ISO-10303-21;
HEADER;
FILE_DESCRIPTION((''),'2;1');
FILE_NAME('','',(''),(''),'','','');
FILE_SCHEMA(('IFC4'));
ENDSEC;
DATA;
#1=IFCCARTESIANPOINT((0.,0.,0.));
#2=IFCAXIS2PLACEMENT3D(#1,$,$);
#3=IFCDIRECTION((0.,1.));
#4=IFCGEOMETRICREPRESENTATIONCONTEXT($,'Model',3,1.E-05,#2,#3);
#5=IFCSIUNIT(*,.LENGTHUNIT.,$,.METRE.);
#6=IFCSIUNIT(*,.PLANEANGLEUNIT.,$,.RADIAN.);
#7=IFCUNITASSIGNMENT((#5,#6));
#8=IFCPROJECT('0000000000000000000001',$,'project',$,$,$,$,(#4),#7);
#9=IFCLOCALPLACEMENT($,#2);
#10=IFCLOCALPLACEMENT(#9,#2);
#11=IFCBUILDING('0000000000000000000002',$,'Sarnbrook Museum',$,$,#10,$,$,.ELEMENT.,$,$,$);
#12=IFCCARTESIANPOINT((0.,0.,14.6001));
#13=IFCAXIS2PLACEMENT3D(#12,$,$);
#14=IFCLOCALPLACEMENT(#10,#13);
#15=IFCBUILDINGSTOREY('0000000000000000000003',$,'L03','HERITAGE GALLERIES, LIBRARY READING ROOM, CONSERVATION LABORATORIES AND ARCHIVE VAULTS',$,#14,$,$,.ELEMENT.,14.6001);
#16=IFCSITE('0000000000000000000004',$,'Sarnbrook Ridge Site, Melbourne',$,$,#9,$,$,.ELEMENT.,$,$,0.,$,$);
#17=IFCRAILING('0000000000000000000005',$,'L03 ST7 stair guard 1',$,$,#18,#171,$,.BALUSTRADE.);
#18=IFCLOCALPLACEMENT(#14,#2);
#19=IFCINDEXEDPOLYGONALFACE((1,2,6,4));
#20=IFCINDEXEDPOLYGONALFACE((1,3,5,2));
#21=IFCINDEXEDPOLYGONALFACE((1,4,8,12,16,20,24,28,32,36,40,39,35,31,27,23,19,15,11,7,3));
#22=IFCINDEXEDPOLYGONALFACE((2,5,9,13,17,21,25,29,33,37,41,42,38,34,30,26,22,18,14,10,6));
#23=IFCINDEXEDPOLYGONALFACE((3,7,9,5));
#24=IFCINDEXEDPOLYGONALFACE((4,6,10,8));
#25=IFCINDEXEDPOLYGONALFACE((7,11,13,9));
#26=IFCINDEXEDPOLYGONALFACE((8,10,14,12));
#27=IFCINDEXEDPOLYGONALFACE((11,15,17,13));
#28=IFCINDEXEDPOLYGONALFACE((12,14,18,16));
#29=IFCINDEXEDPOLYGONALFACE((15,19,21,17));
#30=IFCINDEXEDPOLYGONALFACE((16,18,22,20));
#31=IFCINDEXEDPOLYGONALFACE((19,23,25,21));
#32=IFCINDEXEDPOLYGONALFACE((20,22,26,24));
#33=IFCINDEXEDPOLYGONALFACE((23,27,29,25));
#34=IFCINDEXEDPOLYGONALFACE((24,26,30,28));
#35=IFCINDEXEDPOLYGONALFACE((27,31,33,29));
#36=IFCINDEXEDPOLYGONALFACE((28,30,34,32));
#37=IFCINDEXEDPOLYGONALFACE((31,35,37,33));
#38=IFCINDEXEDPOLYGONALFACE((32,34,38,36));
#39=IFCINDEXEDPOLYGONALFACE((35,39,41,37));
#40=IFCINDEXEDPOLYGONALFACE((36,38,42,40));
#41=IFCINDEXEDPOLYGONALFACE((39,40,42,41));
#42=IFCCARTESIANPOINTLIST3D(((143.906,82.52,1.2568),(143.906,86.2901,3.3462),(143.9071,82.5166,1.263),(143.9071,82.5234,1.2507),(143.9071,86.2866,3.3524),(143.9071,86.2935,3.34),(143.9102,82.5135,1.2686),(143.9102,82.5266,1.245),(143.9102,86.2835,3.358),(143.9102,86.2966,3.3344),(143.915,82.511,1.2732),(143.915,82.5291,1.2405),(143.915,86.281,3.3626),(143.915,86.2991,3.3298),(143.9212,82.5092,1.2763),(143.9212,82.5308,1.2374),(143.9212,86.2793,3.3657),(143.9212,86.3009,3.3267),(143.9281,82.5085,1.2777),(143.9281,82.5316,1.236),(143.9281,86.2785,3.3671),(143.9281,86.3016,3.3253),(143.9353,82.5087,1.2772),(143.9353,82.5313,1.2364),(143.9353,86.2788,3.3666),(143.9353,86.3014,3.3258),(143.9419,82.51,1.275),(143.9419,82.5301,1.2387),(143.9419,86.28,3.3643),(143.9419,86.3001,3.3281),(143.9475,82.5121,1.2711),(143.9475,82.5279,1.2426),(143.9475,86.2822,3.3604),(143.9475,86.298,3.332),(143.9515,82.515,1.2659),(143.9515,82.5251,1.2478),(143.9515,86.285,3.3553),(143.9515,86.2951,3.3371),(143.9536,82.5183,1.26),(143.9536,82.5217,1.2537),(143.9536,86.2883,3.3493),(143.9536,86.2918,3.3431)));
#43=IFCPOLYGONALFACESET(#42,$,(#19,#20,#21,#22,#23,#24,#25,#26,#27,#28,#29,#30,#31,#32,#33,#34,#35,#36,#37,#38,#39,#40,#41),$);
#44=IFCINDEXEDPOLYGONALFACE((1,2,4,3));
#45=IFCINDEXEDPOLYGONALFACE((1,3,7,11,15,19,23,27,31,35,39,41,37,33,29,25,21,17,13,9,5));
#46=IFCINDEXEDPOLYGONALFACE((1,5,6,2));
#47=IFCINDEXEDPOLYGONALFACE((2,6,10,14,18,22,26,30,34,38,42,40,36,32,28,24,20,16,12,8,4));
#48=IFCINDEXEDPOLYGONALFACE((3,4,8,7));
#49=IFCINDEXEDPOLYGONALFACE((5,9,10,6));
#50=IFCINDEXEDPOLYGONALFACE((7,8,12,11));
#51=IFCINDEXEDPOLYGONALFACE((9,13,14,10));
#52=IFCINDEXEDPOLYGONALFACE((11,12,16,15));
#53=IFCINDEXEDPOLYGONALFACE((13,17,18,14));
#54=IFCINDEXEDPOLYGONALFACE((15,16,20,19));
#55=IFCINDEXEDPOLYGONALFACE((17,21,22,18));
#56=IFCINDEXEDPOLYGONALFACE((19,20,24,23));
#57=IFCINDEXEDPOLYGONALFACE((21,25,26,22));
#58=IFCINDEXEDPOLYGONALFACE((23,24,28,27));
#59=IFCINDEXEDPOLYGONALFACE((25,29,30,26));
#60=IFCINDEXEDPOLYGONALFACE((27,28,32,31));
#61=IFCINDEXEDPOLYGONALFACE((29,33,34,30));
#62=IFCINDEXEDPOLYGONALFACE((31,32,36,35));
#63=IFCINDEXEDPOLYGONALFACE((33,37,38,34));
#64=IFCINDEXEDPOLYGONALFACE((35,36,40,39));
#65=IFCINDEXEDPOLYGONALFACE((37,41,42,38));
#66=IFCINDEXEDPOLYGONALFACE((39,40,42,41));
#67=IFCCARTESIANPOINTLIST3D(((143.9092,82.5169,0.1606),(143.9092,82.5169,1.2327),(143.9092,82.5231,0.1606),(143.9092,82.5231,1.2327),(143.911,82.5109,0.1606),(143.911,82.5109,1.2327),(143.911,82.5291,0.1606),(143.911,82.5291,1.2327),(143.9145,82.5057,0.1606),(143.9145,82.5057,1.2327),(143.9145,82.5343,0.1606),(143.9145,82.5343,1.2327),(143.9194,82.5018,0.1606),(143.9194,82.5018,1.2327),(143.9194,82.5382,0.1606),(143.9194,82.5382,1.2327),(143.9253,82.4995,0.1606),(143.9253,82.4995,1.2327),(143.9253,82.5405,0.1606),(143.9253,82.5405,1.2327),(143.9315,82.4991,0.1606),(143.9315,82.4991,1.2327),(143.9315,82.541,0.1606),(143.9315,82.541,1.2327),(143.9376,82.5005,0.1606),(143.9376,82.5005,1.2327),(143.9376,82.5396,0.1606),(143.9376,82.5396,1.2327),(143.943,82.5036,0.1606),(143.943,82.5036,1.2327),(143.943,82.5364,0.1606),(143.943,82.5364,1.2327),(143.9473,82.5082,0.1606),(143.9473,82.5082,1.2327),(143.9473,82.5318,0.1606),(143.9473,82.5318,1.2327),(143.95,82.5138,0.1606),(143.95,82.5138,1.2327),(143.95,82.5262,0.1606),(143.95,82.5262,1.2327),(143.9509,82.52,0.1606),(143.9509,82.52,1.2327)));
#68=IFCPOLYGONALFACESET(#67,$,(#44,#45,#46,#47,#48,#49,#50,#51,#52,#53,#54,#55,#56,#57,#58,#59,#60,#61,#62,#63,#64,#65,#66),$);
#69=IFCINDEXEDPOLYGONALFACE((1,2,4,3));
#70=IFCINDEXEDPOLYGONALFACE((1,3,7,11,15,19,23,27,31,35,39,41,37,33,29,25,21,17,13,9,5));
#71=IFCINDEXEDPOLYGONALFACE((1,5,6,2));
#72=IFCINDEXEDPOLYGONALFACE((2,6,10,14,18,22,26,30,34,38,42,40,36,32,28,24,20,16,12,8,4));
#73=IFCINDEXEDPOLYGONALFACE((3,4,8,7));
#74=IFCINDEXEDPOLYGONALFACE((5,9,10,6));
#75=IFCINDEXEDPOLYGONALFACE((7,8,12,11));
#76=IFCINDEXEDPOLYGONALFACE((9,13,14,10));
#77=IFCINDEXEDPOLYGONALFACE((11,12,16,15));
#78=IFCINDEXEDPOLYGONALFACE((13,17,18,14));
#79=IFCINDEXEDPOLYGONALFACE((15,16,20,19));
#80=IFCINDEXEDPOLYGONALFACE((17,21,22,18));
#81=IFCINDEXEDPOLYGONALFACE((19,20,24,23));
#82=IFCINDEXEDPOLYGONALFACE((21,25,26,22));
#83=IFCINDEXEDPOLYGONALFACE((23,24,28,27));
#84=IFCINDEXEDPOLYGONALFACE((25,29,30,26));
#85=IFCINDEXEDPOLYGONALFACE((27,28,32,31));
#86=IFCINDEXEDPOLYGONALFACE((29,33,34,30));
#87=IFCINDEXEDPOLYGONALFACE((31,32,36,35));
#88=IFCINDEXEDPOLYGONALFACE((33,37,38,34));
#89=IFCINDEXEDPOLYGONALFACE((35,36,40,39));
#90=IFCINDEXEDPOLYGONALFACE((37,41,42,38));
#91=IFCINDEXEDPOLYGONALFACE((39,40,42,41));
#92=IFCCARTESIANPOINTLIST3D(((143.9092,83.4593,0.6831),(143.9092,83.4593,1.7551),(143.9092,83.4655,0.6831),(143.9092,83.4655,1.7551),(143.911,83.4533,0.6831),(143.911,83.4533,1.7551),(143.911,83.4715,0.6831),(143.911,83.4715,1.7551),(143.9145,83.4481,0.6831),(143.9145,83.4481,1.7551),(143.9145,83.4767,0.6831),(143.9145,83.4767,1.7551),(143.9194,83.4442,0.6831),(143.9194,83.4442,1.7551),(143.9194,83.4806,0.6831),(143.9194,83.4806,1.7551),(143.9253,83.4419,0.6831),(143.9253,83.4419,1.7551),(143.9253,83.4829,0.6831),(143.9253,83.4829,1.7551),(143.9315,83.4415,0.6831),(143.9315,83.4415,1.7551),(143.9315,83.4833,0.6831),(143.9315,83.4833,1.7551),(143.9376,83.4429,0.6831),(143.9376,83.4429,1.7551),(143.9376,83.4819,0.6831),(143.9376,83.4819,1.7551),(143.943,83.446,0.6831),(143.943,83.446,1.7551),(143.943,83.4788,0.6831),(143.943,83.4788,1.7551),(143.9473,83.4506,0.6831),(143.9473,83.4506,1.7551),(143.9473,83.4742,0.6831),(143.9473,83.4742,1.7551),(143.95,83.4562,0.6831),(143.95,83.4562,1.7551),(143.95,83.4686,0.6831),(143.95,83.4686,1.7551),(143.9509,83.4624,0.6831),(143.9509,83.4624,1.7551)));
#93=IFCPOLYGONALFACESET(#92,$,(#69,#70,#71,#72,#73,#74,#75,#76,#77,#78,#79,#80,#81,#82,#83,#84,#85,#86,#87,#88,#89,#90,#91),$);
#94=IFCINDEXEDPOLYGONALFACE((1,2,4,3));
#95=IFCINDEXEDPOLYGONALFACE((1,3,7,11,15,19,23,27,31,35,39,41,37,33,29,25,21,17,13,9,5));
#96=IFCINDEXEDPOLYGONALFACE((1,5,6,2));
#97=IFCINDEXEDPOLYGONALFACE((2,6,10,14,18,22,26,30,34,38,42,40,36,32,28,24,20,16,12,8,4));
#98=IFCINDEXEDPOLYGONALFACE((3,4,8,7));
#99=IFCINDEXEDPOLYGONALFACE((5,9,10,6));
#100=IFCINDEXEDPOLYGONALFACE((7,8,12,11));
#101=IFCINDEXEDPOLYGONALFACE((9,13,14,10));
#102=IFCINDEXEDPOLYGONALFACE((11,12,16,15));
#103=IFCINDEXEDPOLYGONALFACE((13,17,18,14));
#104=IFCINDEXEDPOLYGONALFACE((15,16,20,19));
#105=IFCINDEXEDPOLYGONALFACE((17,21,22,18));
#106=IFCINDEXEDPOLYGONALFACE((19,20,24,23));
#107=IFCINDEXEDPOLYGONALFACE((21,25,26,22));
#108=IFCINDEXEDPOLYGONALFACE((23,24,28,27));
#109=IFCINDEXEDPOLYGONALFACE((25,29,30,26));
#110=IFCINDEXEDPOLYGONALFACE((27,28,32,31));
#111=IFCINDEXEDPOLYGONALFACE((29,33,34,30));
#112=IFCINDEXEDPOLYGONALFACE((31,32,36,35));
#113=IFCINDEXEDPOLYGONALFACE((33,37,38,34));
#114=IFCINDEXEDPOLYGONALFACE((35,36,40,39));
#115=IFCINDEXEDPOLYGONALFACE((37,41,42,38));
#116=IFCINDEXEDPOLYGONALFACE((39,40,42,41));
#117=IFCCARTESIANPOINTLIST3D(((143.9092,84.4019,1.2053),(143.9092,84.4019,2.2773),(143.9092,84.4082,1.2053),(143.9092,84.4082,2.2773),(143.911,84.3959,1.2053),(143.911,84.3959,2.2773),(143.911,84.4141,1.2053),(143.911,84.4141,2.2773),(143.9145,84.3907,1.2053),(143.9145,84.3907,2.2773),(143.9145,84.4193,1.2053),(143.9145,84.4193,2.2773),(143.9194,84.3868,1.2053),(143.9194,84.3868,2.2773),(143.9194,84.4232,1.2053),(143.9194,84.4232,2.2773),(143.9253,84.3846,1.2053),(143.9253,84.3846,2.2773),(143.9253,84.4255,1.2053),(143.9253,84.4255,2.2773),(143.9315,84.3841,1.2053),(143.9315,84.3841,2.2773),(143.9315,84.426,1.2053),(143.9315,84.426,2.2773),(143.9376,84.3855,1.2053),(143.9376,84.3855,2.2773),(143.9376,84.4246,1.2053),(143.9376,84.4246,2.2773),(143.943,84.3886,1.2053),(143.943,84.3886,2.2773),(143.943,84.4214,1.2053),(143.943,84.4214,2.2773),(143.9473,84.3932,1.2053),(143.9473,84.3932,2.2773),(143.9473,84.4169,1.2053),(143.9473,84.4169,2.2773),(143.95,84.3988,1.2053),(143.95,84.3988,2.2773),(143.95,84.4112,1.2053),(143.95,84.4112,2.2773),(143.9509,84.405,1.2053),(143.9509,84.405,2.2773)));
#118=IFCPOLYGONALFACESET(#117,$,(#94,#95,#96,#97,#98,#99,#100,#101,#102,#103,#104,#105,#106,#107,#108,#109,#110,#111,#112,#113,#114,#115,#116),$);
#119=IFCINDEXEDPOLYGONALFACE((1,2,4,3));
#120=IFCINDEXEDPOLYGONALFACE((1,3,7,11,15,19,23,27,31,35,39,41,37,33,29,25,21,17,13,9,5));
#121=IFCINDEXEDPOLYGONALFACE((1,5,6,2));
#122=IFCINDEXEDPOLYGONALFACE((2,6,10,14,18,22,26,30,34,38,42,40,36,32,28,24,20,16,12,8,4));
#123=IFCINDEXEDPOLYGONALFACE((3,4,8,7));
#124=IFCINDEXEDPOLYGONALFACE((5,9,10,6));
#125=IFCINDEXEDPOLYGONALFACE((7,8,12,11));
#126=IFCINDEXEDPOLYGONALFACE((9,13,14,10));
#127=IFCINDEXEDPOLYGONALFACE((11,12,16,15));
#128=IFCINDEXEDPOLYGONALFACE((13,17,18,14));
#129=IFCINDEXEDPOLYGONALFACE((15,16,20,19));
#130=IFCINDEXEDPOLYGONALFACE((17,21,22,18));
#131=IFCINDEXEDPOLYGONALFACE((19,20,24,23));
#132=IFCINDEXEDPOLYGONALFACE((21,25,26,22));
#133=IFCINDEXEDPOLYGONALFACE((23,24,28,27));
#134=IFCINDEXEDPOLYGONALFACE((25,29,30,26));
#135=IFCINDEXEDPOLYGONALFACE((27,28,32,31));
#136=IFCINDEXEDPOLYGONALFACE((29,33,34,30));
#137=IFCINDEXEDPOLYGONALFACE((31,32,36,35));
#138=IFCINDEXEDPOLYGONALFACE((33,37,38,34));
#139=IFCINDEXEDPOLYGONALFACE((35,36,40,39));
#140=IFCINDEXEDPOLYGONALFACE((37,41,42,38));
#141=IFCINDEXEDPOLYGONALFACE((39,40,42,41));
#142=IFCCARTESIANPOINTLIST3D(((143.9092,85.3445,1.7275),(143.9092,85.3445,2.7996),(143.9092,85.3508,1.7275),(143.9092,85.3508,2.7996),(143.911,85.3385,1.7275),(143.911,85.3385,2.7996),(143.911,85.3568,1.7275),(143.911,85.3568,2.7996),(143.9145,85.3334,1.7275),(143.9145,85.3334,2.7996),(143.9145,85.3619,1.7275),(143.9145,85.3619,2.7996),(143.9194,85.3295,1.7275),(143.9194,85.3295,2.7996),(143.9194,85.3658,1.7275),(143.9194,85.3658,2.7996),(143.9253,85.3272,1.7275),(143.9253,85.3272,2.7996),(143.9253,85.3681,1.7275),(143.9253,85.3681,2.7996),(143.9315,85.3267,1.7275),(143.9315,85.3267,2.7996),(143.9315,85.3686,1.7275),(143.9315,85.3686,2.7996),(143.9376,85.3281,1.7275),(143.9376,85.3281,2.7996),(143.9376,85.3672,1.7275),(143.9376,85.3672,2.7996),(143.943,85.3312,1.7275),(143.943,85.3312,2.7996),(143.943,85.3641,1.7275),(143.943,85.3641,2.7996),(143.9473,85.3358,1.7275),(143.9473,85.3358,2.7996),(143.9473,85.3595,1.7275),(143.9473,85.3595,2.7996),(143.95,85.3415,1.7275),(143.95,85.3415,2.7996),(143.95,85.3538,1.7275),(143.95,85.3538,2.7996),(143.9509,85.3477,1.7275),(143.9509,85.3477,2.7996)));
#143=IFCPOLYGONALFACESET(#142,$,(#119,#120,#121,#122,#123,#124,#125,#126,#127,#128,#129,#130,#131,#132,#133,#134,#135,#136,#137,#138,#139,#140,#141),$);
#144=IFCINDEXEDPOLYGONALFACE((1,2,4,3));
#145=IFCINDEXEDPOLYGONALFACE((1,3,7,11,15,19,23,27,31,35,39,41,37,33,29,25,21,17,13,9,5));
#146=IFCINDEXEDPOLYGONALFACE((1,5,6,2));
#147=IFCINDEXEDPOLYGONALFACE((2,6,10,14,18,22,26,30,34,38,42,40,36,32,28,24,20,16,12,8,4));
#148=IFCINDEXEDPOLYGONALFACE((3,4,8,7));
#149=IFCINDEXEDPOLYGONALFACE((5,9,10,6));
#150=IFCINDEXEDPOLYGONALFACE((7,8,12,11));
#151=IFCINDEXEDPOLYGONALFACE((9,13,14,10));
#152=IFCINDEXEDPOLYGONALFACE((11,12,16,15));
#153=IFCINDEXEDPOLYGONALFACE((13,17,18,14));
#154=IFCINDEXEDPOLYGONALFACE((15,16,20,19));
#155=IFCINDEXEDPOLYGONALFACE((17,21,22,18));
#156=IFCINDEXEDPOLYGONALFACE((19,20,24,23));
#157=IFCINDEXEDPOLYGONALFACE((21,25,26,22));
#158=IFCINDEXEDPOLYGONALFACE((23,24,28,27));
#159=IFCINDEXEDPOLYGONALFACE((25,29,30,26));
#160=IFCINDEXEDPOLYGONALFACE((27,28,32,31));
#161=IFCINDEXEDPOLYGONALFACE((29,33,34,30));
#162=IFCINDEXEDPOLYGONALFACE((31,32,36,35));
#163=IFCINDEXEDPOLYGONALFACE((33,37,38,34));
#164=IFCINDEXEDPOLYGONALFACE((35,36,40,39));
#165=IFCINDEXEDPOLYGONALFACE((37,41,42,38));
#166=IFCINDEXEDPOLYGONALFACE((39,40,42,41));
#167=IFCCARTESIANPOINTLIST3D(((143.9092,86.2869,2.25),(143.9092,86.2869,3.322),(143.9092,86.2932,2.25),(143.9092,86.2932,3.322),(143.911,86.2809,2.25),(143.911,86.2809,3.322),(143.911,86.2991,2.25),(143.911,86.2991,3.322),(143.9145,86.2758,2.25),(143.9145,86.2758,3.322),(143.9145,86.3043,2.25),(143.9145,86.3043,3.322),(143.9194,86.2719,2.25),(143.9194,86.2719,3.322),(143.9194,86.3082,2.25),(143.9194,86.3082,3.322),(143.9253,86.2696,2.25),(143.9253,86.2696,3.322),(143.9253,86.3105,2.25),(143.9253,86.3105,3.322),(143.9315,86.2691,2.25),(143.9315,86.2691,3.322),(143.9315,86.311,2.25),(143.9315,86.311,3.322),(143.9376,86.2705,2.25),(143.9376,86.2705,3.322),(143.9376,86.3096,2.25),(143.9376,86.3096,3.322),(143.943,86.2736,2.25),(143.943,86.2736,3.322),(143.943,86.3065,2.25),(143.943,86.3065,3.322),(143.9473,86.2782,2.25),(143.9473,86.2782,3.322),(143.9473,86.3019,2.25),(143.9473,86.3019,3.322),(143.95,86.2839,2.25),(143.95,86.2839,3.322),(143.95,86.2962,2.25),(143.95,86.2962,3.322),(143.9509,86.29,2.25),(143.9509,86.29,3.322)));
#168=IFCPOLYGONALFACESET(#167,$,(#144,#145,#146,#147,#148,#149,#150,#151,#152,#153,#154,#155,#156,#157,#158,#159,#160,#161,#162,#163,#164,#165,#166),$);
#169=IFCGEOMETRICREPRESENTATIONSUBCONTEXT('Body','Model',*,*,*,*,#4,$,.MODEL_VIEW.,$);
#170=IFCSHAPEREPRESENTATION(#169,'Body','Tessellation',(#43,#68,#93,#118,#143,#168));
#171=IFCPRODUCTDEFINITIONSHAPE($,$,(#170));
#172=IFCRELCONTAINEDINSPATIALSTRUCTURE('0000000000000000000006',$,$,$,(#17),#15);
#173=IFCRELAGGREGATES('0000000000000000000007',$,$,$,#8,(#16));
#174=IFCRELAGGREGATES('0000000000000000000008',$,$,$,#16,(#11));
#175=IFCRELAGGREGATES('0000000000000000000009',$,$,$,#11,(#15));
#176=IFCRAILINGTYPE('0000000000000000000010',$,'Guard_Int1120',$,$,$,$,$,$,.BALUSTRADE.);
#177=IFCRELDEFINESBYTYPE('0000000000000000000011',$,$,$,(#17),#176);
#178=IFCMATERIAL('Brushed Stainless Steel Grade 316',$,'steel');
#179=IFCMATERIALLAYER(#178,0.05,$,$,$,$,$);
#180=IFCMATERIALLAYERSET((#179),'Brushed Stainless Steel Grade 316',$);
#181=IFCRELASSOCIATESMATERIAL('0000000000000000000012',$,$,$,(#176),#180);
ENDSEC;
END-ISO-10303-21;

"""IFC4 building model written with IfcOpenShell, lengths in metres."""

from ifc_helpers import new_model, si_unit, direction, frame, origin, origin_2d, place, context, subcontext, project, spatial, circle, extrude, material, layer, layer_set, type_object, element, save


model = new_model("IFC4")

# Units and contexts
model_context = context("Model", 3, precision=1e-05, world=origin(), true_north=direction((0.0, 1.0)))
body_context = subcontext(model_context, "Body", "Model", "MODEL_VIEW")
ifc_project = project(units=[si_unit("LENGTHUNIT", "METRE"), si_unit("PLANEANGLEUNIT", "RADIAN")], contexts=[model_context])

# Site, building, storey
site_placement = place(None, origin())
site = spatial("IfcSite", under=ifc_project, at=site_placement, Name="Sarnbrook Ridge Site, Melbourne", CompositionType="ELEMENT", RefElevation=0.0)
building_placement = place(site_placement, origin())
building = spatial("IfcBuilding", under=site, at=building_placement, Name="Sarnbrook Museum", CompositionType="ELEMENT")
storey_placement = place(building_placement, frame((0.0, 0.0, 14.6001)))
storey = spatial("IfcBuildingStorey", under=building, at=storey_placement, Name="L03", Description="HERITAGE GALLERIES, LIBRARY READING ROOM, CONSERVATION LABORATORIES AND ARCHIVE VAULTS", CompositionType="ELEMENT", Elevation=14.6001)

# Railing
ifc_material_1 = material(Name="Brushed Stainless Steel Grade 316", Category="steel")
ifc_layer_1 = layer(ifc_material_1, 0.05)
ifc_layer_set_1 = layer_set([ifc_layer_1], Name="Brushed Stainless Steel Grade 316")
railing_type_1 = type_object("IfcRailingType", Name="Guard_Int1120", PredefinedType="BALUSTRADE", material=ifc_layer_set_1)
railing_1_placement = place(storey_placement, frame((143.9299, 82.52, 0.1606)))
element("IfcRailing", 1, at=railing_1_placement, inside=storey, type_object=railing_type_1, Name="L03 ST7 stair guard 1", PredefinedType="BALUSTRADE", context=body_context, shape_type="SweptSolid", body=[
    extrude(circle(Radius=0.0239, at=origin_2d()), frame((0.0, 0.0, 1.0962), z_axis=(0.0, 0.874659, 0.484739), x_axis=(-1.0, 0.0, 0.0)), (0.0, 0.0, 1.0), 4.3103),
    extrude(circle(Radius=0.021, at=origin_2d()), origin(), (0.0, 0.0, 1.0), 1.072),
    extrude(circle(Radius=0.021, at=origin_2d()), frame((0.0, 0.9424, 0.5225)), (0.0, 0.0, 1.0), 1.072),
    extrude(circle(Radius=0.021, at=origin_2d()), frame((0.0, 1.885, 1.0447)), (0.0, 0.0, 1.0), 1.072),
    extrude(circle(Radius=0.021, at=origin_2d()), frame((0.0, 2.8276, 1.5669)), (0.0, 0.0, 1.0), 1.072),
    extrude(circle(Radius=0.021, at=origin_2d()), frame((0.0, 3.77, 2.0894)), (0.0, 0.0, 1.0), 1.072),
])

save(model, "model.ifc")
